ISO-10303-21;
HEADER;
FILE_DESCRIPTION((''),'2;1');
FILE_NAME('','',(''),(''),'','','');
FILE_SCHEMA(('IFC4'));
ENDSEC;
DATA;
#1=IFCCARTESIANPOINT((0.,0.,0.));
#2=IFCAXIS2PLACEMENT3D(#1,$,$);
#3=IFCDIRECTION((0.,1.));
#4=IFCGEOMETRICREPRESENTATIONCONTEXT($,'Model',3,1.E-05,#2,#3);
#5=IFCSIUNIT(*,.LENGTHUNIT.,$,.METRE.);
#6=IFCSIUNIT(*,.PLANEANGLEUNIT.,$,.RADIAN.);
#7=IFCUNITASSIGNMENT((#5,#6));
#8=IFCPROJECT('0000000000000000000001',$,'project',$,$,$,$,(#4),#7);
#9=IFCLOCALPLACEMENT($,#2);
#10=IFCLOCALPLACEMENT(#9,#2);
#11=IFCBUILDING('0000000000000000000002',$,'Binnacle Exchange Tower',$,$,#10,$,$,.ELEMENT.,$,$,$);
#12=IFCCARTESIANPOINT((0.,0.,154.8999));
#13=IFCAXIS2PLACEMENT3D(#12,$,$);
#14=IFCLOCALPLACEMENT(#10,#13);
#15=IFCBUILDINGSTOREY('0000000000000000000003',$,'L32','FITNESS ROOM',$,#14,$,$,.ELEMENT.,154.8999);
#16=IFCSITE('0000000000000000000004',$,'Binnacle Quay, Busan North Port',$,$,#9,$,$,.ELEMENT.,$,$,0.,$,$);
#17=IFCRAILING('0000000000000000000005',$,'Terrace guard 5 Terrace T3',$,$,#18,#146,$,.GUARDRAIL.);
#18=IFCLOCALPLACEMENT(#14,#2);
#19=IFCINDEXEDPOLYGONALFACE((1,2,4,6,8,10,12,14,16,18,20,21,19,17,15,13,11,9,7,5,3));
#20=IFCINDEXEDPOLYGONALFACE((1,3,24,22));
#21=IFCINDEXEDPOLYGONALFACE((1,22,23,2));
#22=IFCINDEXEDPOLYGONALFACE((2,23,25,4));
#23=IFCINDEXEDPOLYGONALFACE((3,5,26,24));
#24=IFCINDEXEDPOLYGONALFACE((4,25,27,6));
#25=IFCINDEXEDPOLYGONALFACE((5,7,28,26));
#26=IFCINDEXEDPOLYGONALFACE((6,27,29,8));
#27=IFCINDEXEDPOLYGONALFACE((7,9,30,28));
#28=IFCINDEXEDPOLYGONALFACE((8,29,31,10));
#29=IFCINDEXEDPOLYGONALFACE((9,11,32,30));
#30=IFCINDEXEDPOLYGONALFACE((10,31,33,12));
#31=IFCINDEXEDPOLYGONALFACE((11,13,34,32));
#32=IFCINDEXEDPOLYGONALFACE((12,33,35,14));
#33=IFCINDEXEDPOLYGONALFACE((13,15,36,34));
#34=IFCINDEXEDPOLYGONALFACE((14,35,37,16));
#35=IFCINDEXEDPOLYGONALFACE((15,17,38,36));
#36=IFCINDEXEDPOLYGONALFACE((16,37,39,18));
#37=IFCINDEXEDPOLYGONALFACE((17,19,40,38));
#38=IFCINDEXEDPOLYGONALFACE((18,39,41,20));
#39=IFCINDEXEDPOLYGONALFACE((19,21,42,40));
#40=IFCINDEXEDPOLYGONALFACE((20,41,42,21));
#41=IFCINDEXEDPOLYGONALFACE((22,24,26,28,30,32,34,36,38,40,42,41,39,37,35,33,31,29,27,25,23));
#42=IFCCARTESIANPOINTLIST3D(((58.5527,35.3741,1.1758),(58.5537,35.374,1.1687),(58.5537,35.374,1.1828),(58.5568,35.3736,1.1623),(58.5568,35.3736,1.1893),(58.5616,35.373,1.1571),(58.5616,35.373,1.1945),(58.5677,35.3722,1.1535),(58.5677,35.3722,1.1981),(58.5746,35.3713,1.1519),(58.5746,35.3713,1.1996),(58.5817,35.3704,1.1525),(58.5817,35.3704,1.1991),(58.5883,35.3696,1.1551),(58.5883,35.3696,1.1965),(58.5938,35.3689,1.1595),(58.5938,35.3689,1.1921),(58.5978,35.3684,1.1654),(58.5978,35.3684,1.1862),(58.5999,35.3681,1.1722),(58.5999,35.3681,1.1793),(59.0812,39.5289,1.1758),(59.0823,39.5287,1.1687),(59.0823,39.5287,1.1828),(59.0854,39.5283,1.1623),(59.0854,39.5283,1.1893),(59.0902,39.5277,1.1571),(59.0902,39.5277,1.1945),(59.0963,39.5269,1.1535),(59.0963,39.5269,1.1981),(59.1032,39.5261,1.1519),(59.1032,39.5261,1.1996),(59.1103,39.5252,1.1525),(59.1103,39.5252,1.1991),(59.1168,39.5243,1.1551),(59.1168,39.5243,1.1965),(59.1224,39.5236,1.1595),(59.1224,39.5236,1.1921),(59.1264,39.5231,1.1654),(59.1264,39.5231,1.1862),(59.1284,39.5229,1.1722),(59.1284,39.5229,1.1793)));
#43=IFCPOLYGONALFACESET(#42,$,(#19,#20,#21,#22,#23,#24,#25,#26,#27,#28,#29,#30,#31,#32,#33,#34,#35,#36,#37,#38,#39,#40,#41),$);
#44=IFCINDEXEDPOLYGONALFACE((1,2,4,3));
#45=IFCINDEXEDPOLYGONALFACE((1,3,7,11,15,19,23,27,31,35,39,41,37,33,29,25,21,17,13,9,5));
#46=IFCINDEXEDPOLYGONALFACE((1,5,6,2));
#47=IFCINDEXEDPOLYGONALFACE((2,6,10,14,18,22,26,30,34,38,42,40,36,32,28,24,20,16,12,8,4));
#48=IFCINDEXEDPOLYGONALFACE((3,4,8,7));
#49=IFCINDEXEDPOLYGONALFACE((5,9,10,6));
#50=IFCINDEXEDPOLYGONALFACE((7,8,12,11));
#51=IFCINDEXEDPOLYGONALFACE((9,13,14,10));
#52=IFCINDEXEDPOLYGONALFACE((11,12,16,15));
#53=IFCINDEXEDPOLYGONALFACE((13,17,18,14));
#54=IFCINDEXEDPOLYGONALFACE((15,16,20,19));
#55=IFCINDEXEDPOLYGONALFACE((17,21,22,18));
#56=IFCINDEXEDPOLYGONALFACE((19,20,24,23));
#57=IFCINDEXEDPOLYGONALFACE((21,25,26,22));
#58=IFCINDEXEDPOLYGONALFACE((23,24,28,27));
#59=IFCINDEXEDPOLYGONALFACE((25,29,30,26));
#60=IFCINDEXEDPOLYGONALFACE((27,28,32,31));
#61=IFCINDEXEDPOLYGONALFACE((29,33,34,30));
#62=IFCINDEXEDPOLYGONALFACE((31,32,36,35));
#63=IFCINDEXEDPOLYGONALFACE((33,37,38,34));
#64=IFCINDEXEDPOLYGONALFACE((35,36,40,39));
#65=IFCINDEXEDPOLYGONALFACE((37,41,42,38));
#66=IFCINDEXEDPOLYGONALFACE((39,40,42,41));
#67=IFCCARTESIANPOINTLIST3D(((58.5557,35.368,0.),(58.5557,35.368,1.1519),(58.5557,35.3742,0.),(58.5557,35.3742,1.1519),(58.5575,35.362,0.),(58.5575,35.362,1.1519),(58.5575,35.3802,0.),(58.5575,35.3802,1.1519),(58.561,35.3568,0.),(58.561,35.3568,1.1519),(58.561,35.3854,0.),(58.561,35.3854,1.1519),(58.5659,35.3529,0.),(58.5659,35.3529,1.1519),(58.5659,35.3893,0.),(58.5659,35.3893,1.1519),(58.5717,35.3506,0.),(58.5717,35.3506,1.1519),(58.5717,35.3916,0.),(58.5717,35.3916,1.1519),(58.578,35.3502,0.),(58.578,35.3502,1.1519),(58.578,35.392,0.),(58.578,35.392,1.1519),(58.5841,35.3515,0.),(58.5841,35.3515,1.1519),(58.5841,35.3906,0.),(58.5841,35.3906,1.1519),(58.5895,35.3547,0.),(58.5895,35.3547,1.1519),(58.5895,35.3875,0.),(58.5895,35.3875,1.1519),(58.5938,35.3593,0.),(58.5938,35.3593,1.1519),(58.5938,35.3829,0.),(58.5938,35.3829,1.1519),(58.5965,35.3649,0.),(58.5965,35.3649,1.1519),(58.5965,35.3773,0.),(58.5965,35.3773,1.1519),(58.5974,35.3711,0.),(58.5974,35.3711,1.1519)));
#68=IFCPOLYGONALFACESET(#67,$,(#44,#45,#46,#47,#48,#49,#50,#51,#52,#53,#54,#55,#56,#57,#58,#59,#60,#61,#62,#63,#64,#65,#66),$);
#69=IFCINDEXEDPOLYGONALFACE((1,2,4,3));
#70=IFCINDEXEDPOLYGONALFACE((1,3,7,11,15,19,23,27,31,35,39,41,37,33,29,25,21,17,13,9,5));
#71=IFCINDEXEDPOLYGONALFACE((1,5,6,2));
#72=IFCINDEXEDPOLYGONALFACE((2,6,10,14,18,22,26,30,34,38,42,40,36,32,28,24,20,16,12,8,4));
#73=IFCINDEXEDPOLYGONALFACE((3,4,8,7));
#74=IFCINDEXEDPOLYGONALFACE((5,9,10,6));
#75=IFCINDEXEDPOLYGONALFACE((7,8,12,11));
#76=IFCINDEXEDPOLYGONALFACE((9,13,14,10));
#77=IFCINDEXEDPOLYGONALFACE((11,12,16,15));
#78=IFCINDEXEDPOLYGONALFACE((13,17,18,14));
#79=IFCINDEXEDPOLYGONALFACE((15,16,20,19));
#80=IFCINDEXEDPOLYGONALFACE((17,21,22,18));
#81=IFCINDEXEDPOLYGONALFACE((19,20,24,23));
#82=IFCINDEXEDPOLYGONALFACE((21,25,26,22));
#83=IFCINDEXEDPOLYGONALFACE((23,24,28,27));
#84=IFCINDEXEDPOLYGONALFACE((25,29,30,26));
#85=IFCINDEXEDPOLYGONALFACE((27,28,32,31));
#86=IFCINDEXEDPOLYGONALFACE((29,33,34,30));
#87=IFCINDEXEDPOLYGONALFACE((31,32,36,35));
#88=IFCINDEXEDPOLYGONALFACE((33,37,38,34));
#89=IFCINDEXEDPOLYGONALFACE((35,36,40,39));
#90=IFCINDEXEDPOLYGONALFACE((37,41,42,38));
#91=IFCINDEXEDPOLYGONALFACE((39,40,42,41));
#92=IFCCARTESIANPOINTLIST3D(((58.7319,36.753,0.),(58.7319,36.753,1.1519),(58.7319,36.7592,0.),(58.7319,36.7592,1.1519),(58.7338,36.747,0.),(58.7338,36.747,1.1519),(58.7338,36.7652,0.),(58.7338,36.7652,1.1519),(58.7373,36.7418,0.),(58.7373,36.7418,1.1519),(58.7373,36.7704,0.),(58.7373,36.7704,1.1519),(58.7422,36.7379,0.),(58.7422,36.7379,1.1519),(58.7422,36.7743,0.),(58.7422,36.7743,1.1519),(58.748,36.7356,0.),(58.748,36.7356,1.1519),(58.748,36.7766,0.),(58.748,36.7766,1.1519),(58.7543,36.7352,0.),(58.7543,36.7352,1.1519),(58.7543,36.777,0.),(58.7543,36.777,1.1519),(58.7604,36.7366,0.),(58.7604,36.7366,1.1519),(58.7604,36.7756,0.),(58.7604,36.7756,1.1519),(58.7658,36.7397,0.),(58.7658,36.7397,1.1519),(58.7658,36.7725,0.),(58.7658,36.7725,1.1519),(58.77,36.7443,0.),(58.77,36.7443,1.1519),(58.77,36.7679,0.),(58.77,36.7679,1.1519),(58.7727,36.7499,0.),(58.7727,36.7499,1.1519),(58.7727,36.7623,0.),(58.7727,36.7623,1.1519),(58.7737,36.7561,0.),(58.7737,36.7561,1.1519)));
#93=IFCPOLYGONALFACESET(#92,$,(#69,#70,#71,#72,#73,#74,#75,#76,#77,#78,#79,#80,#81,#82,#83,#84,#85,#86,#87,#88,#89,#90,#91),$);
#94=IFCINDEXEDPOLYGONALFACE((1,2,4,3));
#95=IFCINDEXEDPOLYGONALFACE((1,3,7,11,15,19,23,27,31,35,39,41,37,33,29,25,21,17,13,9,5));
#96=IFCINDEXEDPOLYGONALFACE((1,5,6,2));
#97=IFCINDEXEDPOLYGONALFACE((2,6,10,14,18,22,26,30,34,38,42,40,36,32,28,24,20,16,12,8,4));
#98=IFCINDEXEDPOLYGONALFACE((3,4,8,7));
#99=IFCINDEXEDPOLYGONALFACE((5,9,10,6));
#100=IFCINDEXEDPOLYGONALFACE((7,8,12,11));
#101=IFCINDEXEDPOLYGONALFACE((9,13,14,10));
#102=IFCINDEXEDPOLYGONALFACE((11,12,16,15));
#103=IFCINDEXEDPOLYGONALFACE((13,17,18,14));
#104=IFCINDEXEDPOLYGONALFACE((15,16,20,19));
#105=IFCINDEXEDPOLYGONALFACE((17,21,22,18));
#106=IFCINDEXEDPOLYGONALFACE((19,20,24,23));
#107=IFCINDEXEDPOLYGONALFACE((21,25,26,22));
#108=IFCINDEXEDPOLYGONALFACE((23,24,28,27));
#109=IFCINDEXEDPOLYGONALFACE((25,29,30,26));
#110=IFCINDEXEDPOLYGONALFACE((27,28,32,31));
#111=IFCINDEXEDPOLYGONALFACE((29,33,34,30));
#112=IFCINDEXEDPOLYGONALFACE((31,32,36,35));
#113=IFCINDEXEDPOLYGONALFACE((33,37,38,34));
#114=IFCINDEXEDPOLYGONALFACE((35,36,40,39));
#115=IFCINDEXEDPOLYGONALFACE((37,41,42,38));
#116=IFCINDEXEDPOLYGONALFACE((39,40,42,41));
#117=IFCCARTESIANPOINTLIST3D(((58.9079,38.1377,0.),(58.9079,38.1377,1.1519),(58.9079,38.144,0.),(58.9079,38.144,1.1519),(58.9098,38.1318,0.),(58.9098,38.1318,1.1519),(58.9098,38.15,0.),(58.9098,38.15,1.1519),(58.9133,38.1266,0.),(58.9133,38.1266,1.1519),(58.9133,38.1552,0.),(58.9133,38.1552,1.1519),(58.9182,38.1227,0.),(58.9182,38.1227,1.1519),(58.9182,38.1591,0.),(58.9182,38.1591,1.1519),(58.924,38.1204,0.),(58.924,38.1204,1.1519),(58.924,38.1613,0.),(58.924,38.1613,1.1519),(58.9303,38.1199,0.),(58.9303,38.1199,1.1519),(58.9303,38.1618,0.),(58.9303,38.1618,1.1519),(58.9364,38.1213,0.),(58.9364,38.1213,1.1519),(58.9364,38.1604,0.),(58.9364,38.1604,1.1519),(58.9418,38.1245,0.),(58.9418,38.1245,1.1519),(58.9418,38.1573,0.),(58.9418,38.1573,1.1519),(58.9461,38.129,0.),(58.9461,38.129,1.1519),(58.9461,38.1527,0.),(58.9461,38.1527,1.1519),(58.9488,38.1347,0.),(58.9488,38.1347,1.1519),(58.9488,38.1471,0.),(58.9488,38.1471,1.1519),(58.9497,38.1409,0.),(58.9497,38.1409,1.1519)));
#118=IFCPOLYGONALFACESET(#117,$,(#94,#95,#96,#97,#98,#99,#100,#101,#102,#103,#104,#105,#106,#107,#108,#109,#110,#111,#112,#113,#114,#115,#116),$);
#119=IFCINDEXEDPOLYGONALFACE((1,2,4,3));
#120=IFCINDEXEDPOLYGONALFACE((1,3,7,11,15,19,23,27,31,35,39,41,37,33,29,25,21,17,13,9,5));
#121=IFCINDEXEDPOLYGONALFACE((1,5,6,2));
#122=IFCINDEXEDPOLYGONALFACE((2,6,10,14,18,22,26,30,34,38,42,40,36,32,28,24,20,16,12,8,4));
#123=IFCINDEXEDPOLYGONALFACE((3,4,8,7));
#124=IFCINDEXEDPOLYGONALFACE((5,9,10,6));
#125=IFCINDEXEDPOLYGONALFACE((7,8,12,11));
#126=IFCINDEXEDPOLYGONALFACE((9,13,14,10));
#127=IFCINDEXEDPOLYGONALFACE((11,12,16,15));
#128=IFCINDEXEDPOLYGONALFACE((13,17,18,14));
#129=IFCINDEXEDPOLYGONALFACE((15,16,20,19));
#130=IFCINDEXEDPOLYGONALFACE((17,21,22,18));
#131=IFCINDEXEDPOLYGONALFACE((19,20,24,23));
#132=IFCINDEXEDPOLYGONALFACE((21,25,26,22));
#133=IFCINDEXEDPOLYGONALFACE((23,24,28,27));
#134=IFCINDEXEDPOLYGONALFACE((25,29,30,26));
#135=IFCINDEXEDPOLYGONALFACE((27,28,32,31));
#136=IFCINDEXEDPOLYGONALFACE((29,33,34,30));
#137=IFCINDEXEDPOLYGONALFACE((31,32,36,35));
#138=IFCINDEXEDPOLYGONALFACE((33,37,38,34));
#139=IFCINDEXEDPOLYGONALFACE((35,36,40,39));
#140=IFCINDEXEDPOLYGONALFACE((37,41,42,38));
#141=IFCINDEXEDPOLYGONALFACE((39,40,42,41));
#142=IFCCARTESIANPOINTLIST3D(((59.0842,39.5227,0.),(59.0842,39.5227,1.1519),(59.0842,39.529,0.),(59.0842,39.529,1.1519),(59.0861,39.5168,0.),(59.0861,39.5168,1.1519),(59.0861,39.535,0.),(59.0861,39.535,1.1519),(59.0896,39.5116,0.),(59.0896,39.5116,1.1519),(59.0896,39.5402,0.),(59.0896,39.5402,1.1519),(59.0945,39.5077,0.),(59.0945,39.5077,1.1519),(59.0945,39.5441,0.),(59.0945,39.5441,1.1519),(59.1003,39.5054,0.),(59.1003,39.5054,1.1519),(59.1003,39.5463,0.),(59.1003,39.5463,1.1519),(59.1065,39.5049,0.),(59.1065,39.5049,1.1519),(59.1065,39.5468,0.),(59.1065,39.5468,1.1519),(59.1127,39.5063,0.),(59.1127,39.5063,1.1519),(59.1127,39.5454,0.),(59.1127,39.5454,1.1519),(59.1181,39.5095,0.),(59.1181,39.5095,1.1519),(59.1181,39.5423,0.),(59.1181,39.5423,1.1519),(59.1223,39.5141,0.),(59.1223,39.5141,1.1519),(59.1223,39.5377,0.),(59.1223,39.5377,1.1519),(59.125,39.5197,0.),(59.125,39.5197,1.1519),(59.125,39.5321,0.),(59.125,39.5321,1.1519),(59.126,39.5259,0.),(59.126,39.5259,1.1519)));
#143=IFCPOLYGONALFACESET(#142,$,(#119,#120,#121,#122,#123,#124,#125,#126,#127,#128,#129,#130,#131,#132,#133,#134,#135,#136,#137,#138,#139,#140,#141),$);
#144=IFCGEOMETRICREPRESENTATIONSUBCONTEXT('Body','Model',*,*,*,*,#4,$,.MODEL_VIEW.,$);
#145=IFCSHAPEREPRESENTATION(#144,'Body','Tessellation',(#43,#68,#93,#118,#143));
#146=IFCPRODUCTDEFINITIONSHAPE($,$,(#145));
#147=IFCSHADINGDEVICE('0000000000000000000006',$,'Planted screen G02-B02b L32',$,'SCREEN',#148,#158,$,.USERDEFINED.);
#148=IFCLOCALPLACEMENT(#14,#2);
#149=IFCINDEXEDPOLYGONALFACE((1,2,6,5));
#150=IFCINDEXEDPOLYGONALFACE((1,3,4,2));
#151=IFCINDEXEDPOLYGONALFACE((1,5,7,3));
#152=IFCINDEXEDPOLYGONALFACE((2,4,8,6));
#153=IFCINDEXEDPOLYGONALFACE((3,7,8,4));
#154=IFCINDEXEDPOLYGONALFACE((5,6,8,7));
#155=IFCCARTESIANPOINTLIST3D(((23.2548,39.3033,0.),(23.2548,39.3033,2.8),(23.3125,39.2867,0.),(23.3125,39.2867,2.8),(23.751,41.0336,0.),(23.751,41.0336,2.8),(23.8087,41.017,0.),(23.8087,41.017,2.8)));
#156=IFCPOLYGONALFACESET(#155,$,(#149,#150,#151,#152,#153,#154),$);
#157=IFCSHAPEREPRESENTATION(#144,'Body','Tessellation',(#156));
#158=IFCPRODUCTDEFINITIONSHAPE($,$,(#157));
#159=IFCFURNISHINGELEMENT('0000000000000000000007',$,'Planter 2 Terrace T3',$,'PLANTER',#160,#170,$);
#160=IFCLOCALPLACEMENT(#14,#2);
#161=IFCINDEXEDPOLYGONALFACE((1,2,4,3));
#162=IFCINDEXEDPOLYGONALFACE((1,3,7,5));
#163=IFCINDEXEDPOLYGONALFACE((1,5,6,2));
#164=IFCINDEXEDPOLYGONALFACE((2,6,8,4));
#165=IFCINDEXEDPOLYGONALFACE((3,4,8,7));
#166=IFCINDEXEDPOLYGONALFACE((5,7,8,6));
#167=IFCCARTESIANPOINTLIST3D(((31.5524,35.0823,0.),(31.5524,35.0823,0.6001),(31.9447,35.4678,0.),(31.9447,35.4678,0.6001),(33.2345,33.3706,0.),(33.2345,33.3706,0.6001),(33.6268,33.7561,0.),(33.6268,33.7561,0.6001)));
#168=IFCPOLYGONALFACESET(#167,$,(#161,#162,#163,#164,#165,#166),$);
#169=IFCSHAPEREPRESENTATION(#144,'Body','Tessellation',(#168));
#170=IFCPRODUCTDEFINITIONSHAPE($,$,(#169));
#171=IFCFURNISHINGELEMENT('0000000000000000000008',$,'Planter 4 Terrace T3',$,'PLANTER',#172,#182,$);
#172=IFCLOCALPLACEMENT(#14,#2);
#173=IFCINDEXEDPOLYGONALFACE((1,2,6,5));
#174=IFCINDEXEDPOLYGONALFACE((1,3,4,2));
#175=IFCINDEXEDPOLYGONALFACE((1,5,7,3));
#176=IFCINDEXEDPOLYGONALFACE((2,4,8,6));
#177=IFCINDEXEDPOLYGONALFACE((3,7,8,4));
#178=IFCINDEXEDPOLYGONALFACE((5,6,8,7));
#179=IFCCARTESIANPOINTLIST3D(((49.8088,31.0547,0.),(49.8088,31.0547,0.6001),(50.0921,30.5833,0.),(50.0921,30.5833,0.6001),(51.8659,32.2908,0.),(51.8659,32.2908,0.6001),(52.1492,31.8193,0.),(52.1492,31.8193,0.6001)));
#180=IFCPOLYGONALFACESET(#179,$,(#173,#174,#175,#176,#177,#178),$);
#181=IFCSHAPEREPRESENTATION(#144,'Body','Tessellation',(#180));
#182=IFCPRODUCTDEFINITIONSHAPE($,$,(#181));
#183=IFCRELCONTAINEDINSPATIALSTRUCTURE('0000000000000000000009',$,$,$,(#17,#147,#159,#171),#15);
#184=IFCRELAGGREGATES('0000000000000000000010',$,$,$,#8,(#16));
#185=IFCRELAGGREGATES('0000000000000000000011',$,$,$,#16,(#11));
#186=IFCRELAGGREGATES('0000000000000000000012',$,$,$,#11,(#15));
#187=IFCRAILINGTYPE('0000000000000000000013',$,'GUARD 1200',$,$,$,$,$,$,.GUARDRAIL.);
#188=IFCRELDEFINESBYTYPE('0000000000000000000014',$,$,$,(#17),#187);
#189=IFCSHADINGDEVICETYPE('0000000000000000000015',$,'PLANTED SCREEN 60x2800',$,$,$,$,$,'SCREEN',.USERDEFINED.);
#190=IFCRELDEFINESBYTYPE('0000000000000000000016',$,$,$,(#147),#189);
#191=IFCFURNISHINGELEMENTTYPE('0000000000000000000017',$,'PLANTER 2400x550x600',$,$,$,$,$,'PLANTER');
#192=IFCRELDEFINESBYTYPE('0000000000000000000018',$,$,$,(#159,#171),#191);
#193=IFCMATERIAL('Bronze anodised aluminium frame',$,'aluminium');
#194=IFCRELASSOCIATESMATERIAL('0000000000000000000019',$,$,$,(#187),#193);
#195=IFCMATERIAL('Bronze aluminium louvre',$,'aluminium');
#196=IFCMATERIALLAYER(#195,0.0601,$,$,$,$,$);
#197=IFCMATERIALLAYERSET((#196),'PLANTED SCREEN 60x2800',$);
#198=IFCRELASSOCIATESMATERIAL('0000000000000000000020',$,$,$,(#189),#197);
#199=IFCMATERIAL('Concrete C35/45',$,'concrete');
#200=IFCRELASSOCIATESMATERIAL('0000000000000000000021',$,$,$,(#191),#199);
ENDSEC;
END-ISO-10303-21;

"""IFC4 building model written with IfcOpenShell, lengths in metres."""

from ifc_helpers import new_model, si_unit, direction, frame, origin, origin_2d, place, context, subcontext, project, spatial, rectangle, circle, extrude, material, layer, layer_set, type_object, element, save


model = new_model("IFC4")

# Units and contexts
model_context = context("Model", 3, precision=1e-05, world=origin(), true_north=direction((0.0, 1.0)))
body_context = subcontext(model_context, "Body", "Model", "MODEL_VIEW")
ifc_project = project(units=[si_unit("LENGTHUNIT", "METRE"), si_unit("PLANEANGLEUNIT", "RADIAN")], contexts=[model_context])

# Site, building, storey
site_placement = place(None, origin())
site = spatial("IfcSite", under=ifc_project, at=site_placement, Name="Binnacle Quay, Busan North Port", CompositionType="ELEMENT", RefElevation=0.0)
building_placement = place(site_placement, origin())
building = spatial("IfcBuilding", under=site, at=building_placement, Name="Binnacle Exchange Tower", CompositionType="ELEMENT")
storey_placement = place(building_placement, frame((0.0, 0.0, 154.8999)))
storey = spatial("IfcBuildingStorey", under=building, at=storey_placement, Name="L32", Description="FITNESS ROOM", CompositionType="ELEMENT", Elevation=154.8999)

# Shared definitions
ifc_material_1 = material(Name="Bronze anodised aluminium frame", Category="aluminium")

# Railing
railing_type = type_object("IfcRailingType", Name="GUARD 1200", PredefinedType="GUARDRAIL", material=ifc_material_1)
railing_1_placement = place(storey_placement, frame((58.5764, 35.3711, 0.0)))
element("IfcRailing", 1, at=railing_1_placement, inside=storey, type_object=railing_type, Name="Terrace guard 5 Terrace T3", PredefinedType="GUARDRAIL", context=body_context, shape_type="SweptSolid", body=[
    extrude(circle(Radius=0.0239, at=origin_2d()), frame((0.0, 0.0, 1.1758), z_axis=(0.126201, 0.992005, 0.0), x_axis=(-0.992005, 0.126201, 0.0)), (0.0, 0.0, 1.0), 4.1882),
    extrude(circle(Radius=0.021, at=origin_2d()), origin(), (0.0, 0.0, 1.0), 1.1519),
    extrude(circle(Radius=0.021, at=origin_2d()), frame((0.1763, 1.385, 0.0)), (0.0, 0.0, 1.0), 1.1519),
    extrude(circle(Radius=0.021, at=origin_2d()), frame((0.3523, 2.7698, 0.0)), (0.0, 0.0, 1.0), 1.1519),
    extrude(circle(Radius=0.021, at=origin_2d()), frame((0.5286, 4.1548, 0.0)), (0.0, 0.0, 1.0), 1.1519),
])

# Shading device
ifc_material_2 = material(Name="Bronze aluminium louvre", Category="aluminium")
ifc_layer_1 = layer(ifc_material_2, 0.0601)
ifc_layer_set_1 = layer_set([ifc_layer_1], Name="PLANTED SCREEN 60x2800")
shading_device_type = type_object("IfcShadingDeviceType", Name="PLANTED SCREEN 60x2800", ElementType="SCREEN", PredefinedType="USERDEFINED", material=ifc_layer_set_1)
shading_device_placement = place(storey_placement, frame((23.5317, 40.1602, 0.0), z_axis=(0.0, 0.0, 1.0), x_axis=(0.961262, -0.275637, 0.0)))
element("IfcShadingDevice", 2, at=shading_device_placement, inside=storey, type_object=shading_device_type, Name="Planted screen G02-B02b L32", ObjectType="SCREEN", PredefinedType="USERDEFINED", context=body_context, shape_type="SweptSolid", body=[
    extrude(rectangle(XDim=0.0601, YDim=1.8, at=origin_2d()), origin(), (0.0, 0.0, 1.0), 2.8),
])

# Furnishing elements
ifc_material_3 = material(Name="Concrete C35/45", Category="concrete")
furnishing_element_type = type_object("IfcFurnishingElementType", Name="PLANTER 2400x550x600", ElementType="PLANTER", material=ifc_material_3)
for number, where, z_axis, x_axis, name in (
    (3, (32.5896, 34.4192, 0.0), (0.0, 0.0, 1.0), (0.700909, -0.71325, 0.0), "Planter 2 Terrace T3"),
    (4, (50.979, 31.437, 0.0), (0.0, 0.0, 1.0), (0.857169, 0.515035, 0.0), "Planter 4 Terrace T3"),
):
    element("IfcFurnishingElement", number, at=place(storey_placement, frame(where, z_axis=z_axis, x_axis=x_axis)), inside=storey, type_object=furnishing_element_type, Name=name, ObjectType="PLANTER", context=body_context, shape_type="SweptSolid", body=[
        extrude(rectangle(XDim=2.3999, YDim=0.55, at=origin_2d()), origin(), (0.0, 0.0, 1.0), 0.6001),
    ])

save(model, "model.ifc")
